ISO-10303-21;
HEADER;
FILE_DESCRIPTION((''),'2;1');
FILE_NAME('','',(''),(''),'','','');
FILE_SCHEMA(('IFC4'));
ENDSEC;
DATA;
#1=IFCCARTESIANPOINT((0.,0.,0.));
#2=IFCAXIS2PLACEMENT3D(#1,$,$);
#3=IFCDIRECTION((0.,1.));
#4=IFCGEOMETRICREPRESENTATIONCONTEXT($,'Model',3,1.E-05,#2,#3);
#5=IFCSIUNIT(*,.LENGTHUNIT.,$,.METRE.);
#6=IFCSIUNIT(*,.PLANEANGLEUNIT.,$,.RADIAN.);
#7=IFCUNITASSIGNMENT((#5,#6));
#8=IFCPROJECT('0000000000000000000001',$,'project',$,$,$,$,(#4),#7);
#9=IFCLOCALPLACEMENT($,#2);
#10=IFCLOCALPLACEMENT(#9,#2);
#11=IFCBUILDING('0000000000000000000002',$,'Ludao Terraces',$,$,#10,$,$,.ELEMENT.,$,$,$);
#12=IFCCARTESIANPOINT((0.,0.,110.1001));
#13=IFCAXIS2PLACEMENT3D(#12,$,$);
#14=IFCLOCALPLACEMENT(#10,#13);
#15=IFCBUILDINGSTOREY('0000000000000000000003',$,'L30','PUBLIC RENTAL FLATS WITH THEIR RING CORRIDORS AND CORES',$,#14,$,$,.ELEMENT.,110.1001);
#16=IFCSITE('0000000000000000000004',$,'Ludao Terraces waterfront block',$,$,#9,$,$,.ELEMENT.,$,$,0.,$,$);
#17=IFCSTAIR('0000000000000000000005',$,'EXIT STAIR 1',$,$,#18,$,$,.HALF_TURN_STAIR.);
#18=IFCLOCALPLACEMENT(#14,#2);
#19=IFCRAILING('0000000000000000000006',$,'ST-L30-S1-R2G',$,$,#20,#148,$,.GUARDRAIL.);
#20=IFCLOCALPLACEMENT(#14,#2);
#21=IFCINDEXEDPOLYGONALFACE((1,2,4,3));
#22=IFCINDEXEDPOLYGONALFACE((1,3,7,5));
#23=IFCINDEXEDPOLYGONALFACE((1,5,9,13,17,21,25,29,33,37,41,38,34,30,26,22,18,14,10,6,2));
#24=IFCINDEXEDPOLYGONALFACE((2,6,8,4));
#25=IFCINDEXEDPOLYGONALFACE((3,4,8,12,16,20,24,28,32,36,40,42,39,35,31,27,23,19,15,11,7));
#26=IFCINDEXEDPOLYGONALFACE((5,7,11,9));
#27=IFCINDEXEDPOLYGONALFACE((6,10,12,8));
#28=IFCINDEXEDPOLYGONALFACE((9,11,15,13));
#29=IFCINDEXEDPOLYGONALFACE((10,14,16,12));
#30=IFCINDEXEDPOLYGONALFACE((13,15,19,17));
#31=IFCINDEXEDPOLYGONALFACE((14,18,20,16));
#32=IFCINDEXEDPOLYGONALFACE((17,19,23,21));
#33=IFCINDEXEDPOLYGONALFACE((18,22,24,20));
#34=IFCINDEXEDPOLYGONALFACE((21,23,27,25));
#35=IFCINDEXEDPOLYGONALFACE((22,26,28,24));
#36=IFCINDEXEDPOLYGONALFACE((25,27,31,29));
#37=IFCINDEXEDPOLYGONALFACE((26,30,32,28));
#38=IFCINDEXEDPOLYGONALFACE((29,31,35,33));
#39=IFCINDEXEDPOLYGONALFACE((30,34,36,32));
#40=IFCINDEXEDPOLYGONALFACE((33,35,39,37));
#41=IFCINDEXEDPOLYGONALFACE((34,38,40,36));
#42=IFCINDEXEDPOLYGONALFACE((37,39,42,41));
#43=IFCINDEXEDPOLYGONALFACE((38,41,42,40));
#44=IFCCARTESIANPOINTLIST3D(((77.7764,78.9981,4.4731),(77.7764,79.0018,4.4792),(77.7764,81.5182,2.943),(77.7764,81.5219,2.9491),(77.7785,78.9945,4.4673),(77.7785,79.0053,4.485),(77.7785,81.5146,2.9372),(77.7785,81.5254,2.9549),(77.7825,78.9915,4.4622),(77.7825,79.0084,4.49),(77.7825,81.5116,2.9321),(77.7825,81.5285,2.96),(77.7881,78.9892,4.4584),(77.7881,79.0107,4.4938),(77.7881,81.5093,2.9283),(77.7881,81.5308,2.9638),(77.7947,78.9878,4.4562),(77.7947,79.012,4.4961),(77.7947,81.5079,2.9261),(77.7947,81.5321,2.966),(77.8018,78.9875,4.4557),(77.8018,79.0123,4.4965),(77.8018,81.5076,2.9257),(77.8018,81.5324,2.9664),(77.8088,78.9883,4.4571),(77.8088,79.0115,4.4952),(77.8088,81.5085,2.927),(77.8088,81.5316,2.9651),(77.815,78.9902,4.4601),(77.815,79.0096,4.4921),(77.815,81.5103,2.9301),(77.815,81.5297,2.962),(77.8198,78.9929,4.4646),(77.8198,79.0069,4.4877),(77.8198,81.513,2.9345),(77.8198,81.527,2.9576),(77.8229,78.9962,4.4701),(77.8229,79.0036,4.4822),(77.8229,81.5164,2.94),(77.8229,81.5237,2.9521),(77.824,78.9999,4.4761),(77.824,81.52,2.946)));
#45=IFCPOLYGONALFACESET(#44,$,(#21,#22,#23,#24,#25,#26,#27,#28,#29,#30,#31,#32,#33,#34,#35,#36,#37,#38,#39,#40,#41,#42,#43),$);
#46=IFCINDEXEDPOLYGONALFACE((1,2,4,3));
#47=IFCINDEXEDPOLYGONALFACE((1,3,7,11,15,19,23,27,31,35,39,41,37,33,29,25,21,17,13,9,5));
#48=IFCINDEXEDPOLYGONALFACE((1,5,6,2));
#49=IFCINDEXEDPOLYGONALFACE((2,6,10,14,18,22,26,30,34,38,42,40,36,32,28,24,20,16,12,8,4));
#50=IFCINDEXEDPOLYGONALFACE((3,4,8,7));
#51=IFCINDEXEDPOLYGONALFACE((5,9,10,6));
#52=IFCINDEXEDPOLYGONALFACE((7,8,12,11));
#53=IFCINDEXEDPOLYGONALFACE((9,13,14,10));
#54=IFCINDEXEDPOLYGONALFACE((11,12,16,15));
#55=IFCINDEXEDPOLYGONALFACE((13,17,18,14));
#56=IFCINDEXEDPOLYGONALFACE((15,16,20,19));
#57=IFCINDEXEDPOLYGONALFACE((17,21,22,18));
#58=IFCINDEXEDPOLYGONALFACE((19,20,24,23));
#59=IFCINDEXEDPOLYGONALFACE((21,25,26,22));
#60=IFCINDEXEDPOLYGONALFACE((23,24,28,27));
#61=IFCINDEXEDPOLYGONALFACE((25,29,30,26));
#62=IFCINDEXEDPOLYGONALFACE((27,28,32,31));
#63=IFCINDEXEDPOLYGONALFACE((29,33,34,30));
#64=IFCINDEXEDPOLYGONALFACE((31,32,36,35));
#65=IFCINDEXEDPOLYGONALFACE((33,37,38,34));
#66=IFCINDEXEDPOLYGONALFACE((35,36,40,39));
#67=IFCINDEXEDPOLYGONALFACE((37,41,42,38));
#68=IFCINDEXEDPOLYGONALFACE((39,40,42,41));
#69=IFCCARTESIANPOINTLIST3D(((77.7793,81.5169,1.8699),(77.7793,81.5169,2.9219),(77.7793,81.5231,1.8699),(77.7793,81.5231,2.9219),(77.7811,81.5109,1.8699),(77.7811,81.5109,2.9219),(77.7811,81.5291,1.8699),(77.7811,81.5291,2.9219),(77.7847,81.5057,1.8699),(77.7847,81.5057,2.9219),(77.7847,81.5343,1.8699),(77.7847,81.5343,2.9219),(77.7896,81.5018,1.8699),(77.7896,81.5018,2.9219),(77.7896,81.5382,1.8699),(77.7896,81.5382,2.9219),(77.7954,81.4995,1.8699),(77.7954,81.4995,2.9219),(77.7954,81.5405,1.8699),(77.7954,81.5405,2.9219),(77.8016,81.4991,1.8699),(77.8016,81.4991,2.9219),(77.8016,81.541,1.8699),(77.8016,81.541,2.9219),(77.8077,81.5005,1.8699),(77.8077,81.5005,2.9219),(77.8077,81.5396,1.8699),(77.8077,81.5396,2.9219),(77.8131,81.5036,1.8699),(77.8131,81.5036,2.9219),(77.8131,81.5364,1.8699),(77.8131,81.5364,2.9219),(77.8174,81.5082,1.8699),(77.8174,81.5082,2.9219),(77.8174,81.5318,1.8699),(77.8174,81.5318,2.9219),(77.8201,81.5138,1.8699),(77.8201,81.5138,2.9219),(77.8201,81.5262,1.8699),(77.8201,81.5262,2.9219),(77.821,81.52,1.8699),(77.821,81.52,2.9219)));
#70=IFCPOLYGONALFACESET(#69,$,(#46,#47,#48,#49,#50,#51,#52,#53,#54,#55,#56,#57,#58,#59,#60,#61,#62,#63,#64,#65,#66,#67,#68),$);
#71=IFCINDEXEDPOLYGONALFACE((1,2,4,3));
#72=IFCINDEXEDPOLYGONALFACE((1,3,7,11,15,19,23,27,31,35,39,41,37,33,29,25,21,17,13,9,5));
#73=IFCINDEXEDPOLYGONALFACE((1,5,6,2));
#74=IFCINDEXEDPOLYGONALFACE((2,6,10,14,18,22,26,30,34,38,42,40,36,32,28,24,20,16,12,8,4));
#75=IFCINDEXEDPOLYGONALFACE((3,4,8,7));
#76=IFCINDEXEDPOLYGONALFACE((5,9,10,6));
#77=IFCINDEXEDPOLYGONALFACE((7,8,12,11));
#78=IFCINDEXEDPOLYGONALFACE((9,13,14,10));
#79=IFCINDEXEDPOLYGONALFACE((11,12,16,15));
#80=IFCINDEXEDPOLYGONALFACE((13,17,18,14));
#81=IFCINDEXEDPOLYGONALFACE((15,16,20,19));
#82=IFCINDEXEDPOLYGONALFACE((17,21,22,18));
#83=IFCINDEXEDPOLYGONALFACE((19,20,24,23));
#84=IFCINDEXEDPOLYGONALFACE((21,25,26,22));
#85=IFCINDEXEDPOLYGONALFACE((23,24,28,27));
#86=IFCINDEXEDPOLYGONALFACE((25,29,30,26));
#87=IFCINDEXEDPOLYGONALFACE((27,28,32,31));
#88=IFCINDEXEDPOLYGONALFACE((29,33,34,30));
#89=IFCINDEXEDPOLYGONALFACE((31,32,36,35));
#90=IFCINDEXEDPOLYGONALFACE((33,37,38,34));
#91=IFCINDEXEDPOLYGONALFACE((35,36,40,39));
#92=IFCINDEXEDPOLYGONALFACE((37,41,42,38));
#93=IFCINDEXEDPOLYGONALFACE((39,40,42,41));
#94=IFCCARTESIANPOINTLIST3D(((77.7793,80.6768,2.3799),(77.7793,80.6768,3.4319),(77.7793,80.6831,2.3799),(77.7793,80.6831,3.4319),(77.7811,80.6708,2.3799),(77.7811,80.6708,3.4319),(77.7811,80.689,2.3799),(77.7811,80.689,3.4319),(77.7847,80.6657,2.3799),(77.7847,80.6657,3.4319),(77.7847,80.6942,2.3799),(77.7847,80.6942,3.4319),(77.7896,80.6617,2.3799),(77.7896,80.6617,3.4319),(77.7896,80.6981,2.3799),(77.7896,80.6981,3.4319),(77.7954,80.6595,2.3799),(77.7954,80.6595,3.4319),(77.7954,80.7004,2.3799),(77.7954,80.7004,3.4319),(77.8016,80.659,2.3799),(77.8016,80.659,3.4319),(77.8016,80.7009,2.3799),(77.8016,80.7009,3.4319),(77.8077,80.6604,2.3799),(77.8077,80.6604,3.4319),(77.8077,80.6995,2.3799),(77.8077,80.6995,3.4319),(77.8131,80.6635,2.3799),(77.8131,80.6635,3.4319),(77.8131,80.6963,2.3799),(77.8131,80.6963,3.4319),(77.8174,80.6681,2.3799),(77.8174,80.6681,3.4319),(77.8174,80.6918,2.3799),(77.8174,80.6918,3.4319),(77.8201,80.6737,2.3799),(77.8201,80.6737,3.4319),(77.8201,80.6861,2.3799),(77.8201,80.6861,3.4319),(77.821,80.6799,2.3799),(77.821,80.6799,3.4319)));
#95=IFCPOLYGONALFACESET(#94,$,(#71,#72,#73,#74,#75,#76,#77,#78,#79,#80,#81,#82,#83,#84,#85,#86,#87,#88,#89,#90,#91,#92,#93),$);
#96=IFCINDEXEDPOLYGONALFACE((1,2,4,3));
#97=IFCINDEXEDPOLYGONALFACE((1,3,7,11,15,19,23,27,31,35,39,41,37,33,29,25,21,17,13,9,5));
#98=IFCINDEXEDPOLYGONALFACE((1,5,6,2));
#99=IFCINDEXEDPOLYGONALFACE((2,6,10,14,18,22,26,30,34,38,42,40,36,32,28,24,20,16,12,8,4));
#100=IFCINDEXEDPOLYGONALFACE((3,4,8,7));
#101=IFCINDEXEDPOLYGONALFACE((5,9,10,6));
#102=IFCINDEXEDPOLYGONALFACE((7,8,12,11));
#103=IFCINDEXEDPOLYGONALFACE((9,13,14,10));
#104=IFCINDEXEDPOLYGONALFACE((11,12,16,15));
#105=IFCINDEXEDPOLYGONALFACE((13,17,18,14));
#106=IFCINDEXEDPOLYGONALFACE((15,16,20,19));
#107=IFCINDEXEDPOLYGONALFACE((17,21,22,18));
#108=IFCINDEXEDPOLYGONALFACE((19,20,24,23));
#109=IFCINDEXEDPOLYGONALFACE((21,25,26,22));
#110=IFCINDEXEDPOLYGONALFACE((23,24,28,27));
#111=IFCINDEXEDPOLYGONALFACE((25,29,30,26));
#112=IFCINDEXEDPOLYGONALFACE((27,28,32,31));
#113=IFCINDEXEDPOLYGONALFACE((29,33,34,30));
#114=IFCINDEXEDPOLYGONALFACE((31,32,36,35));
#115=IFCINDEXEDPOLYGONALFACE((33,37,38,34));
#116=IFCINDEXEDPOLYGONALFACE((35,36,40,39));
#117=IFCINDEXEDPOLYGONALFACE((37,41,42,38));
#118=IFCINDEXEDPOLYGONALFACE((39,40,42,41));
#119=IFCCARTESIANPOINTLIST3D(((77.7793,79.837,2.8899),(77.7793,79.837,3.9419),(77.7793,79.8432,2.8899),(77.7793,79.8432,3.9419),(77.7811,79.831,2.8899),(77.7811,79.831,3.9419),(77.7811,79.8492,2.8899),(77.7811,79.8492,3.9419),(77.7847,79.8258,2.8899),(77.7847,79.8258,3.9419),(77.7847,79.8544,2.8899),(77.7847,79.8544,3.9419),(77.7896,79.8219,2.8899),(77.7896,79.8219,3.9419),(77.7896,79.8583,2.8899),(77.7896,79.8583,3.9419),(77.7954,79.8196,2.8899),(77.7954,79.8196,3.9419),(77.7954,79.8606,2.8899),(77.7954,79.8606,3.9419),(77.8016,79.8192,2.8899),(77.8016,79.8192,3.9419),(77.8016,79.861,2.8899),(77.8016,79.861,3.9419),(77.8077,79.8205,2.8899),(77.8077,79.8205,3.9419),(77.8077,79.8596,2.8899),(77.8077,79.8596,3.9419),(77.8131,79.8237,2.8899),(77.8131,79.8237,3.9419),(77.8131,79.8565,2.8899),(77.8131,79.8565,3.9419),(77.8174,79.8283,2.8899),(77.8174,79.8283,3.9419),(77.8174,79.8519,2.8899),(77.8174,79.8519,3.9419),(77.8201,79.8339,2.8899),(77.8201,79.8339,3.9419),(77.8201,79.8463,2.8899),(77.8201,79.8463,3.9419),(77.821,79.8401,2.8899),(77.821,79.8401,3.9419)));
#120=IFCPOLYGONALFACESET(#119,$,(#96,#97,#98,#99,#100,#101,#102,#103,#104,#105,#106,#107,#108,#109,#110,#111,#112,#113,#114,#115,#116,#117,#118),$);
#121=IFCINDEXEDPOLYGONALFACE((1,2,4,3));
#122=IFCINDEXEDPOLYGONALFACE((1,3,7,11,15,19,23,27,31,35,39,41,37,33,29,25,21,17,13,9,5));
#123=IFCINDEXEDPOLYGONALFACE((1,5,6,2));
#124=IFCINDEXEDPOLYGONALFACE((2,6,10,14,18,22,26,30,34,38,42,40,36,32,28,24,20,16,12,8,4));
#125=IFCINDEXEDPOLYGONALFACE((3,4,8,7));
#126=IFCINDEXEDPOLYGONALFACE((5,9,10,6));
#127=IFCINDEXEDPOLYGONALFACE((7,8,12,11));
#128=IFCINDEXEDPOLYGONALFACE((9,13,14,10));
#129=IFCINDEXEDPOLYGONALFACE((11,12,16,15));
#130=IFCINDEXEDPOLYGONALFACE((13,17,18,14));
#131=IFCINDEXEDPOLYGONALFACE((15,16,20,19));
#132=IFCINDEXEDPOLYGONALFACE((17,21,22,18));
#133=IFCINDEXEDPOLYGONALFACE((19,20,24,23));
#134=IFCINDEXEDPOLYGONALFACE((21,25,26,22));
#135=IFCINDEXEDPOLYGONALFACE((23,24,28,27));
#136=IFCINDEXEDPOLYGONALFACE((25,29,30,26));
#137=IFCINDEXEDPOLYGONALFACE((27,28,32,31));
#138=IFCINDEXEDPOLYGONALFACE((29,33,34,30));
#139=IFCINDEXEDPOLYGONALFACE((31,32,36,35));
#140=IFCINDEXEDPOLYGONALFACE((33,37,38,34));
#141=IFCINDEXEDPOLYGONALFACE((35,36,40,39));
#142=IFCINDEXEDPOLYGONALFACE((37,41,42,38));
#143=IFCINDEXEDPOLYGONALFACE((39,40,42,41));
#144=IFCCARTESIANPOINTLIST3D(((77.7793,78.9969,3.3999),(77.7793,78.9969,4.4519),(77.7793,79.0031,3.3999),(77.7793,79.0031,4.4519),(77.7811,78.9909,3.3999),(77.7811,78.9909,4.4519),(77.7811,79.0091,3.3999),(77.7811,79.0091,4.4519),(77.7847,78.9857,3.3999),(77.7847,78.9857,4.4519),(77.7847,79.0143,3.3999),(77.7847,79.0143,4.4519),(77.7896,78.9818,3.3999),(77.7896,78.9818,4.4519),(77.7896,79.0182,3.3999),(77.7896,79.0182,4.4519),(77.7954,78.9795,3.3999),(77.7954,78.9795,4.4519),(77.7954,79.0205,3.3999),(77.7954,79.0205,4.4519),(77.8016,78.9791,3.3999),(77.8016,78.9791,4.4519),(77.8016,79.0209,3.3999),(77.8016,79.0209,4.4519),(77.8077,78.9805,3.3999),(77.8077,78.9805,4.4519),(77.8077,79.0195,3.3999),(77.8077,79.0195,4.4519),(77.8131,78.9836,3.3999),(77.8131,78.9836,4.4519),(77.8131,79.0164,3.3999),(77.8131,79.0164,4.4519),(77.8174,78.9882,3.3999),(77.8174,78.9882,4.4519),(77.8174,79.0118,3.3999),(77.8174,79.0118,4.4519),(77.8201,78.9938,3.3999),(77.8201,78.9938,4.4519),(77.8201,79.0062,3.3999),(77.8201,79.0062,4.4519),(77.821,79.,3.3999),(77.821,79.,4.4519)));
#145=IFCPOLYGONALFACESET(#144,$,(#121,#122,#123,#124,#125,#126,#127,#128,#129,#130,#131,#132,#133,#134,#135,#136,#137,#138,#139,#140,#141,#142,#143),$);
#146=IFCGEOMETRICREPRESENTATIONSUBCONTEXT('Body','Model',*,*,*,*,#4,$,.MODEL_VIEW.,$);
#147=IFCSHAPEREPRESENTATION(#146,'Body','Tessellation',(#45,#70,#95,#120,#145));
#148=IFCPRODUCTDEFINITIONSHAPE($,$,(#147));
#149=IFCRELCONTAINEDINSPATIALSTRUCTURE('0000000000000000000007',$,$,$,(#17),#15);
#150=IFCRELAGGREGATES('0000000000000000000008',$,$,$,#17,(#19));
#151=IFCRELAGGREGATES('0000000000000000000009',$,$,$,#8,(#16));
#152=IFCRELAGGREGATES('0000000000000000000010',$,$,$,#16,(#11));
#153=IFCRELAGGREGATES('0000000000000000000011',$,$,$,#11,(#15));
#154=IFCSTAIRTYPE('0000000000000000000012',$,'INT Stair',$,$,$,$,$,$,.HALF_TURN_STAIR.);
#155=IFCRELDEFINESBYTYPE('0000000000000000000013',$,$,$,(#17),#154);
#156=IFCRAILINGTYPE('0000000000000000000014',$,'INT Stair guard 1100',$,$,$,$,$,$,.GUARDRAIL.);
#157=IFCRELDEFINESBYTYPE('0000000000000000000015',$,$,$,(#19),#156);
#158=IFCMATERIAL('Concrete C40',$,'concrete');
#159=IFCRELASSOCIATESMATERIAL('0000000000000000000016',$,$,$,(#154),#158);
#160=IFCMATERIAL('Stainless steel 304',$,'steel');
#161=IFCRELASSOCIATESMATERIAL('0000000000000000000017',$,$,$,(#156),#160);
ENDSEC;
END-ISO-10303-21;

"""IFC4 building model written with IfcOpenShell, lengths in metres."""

from ifc_helpers import new_model, si_unit, direction, frame, origin, origin_2d, place, context, subcontext, project, spatial, circle, extrude, material, type_object, element, aggregate, save


model = new_model("IFC4")

# Units and contexts
model_context = context("Model", 3, precision=1e-05, world=origin(), true_north=direction((0.0, 1.0)))
body_context = subcontext(model_context, "Body", "Model", "MODEL_VIEW")
ifc_project = project(units=[si_unit("LENGTHUNIT", "METRE"), si_unit("PLANEANGLEUNIT", "RADIAN")], contexts=[model_context])

# Site, building, storey
site_placement = place(None, origin())
site = spatial("IfcSite", under=ifc_project, at=site_placement, Name="Ludao Terraces waterfront block", CompositionType="ELEMENT", RefElevation=0.0)
building_placement = place(site_placement, origin())
building = spatial("IfcBuilding", under=site, at=building_placement, Name="Ludao Terraces", CompositionType="ELEMENT")
storey_placement = place(building_placement, frame((0.0, 0.0, 110.1001)))
storey = spatial("IfcBuildingStorey", under=building, at=storey_placement, Name="L30", Description="PUBLIC RENTAL FLATS WITH THEIR RING CORRIDORS AND CORES", CompositionType="ELEMENT", Elevation=110.1001)

# Shared definitions
ifc_material_1 = material(Name="Stainless steel 304", Category="steel")

# Stair, railing
ifc_material_2 = material(Name="Concrete C40", Category="concrete")
stair_type = type_object("IfcStairType", Name="INT Stair", PredefinedType="HALF_TURN_STAIR", material=ifc_material_2)
stair_placement = place(storey_placement, origin())
stair = element("IfcStair", 1, at=stair_placement, inside=storey, type_object=stair_type, Name="EXIT STAIR 1", PredefinedType="HALF_TURN_STAIR")
railing_type_1 = type_object("IfcRailingType", Name="INT Stair guard 1100", PredefinedType="GUARDRAIL", material=ifc_material_1)
railing_1_placement = place(storey_placement, frame((77.8, 81.52, 1.8699)))
railing_1 = element("IfcRailing", 2, at=railing_1_placement, type_object=railing_type_1, Name="ST-L30-S1-R2G", PredefinedType="GUARDRAIL", context=body_context, shape_type="SweptSolid", body=[
    extrude(circle(Radius=0.0239, at=origin_2d()), frame((0.0, 0.0, 1.0762), z_axis=(0.0, -0.854785, 0.518982), x_axis=(1.0, 0.0, 0.0)), (0.0, 0.0, 1.0), 2.9482),
    extrude(circle(Radius=0.021, at=origin_2d()), origin(), (0.0, 0.0, 1.0), 1.052),
    extrude(circle(Radius=0.021, at=origin_2d()), frame((0.0, -0.8401, 0.51)), (0.0, 0.0, 1.0), 1.052),
    extrude(circle(Radius=0.021, at=origin_2d()), frame((0.0, -1.6799, 1.02)), (0.0, 0.0, 1.0), 1.052),
    extrude(circle(Radius=0.021, at=origin_2d()), frame((0.0, -2.52, 1.53)), (0.0, 0.0, 1.0), 1.052),
])
aggregate(stair, [railing_1])

save(model, "model.ifc")
